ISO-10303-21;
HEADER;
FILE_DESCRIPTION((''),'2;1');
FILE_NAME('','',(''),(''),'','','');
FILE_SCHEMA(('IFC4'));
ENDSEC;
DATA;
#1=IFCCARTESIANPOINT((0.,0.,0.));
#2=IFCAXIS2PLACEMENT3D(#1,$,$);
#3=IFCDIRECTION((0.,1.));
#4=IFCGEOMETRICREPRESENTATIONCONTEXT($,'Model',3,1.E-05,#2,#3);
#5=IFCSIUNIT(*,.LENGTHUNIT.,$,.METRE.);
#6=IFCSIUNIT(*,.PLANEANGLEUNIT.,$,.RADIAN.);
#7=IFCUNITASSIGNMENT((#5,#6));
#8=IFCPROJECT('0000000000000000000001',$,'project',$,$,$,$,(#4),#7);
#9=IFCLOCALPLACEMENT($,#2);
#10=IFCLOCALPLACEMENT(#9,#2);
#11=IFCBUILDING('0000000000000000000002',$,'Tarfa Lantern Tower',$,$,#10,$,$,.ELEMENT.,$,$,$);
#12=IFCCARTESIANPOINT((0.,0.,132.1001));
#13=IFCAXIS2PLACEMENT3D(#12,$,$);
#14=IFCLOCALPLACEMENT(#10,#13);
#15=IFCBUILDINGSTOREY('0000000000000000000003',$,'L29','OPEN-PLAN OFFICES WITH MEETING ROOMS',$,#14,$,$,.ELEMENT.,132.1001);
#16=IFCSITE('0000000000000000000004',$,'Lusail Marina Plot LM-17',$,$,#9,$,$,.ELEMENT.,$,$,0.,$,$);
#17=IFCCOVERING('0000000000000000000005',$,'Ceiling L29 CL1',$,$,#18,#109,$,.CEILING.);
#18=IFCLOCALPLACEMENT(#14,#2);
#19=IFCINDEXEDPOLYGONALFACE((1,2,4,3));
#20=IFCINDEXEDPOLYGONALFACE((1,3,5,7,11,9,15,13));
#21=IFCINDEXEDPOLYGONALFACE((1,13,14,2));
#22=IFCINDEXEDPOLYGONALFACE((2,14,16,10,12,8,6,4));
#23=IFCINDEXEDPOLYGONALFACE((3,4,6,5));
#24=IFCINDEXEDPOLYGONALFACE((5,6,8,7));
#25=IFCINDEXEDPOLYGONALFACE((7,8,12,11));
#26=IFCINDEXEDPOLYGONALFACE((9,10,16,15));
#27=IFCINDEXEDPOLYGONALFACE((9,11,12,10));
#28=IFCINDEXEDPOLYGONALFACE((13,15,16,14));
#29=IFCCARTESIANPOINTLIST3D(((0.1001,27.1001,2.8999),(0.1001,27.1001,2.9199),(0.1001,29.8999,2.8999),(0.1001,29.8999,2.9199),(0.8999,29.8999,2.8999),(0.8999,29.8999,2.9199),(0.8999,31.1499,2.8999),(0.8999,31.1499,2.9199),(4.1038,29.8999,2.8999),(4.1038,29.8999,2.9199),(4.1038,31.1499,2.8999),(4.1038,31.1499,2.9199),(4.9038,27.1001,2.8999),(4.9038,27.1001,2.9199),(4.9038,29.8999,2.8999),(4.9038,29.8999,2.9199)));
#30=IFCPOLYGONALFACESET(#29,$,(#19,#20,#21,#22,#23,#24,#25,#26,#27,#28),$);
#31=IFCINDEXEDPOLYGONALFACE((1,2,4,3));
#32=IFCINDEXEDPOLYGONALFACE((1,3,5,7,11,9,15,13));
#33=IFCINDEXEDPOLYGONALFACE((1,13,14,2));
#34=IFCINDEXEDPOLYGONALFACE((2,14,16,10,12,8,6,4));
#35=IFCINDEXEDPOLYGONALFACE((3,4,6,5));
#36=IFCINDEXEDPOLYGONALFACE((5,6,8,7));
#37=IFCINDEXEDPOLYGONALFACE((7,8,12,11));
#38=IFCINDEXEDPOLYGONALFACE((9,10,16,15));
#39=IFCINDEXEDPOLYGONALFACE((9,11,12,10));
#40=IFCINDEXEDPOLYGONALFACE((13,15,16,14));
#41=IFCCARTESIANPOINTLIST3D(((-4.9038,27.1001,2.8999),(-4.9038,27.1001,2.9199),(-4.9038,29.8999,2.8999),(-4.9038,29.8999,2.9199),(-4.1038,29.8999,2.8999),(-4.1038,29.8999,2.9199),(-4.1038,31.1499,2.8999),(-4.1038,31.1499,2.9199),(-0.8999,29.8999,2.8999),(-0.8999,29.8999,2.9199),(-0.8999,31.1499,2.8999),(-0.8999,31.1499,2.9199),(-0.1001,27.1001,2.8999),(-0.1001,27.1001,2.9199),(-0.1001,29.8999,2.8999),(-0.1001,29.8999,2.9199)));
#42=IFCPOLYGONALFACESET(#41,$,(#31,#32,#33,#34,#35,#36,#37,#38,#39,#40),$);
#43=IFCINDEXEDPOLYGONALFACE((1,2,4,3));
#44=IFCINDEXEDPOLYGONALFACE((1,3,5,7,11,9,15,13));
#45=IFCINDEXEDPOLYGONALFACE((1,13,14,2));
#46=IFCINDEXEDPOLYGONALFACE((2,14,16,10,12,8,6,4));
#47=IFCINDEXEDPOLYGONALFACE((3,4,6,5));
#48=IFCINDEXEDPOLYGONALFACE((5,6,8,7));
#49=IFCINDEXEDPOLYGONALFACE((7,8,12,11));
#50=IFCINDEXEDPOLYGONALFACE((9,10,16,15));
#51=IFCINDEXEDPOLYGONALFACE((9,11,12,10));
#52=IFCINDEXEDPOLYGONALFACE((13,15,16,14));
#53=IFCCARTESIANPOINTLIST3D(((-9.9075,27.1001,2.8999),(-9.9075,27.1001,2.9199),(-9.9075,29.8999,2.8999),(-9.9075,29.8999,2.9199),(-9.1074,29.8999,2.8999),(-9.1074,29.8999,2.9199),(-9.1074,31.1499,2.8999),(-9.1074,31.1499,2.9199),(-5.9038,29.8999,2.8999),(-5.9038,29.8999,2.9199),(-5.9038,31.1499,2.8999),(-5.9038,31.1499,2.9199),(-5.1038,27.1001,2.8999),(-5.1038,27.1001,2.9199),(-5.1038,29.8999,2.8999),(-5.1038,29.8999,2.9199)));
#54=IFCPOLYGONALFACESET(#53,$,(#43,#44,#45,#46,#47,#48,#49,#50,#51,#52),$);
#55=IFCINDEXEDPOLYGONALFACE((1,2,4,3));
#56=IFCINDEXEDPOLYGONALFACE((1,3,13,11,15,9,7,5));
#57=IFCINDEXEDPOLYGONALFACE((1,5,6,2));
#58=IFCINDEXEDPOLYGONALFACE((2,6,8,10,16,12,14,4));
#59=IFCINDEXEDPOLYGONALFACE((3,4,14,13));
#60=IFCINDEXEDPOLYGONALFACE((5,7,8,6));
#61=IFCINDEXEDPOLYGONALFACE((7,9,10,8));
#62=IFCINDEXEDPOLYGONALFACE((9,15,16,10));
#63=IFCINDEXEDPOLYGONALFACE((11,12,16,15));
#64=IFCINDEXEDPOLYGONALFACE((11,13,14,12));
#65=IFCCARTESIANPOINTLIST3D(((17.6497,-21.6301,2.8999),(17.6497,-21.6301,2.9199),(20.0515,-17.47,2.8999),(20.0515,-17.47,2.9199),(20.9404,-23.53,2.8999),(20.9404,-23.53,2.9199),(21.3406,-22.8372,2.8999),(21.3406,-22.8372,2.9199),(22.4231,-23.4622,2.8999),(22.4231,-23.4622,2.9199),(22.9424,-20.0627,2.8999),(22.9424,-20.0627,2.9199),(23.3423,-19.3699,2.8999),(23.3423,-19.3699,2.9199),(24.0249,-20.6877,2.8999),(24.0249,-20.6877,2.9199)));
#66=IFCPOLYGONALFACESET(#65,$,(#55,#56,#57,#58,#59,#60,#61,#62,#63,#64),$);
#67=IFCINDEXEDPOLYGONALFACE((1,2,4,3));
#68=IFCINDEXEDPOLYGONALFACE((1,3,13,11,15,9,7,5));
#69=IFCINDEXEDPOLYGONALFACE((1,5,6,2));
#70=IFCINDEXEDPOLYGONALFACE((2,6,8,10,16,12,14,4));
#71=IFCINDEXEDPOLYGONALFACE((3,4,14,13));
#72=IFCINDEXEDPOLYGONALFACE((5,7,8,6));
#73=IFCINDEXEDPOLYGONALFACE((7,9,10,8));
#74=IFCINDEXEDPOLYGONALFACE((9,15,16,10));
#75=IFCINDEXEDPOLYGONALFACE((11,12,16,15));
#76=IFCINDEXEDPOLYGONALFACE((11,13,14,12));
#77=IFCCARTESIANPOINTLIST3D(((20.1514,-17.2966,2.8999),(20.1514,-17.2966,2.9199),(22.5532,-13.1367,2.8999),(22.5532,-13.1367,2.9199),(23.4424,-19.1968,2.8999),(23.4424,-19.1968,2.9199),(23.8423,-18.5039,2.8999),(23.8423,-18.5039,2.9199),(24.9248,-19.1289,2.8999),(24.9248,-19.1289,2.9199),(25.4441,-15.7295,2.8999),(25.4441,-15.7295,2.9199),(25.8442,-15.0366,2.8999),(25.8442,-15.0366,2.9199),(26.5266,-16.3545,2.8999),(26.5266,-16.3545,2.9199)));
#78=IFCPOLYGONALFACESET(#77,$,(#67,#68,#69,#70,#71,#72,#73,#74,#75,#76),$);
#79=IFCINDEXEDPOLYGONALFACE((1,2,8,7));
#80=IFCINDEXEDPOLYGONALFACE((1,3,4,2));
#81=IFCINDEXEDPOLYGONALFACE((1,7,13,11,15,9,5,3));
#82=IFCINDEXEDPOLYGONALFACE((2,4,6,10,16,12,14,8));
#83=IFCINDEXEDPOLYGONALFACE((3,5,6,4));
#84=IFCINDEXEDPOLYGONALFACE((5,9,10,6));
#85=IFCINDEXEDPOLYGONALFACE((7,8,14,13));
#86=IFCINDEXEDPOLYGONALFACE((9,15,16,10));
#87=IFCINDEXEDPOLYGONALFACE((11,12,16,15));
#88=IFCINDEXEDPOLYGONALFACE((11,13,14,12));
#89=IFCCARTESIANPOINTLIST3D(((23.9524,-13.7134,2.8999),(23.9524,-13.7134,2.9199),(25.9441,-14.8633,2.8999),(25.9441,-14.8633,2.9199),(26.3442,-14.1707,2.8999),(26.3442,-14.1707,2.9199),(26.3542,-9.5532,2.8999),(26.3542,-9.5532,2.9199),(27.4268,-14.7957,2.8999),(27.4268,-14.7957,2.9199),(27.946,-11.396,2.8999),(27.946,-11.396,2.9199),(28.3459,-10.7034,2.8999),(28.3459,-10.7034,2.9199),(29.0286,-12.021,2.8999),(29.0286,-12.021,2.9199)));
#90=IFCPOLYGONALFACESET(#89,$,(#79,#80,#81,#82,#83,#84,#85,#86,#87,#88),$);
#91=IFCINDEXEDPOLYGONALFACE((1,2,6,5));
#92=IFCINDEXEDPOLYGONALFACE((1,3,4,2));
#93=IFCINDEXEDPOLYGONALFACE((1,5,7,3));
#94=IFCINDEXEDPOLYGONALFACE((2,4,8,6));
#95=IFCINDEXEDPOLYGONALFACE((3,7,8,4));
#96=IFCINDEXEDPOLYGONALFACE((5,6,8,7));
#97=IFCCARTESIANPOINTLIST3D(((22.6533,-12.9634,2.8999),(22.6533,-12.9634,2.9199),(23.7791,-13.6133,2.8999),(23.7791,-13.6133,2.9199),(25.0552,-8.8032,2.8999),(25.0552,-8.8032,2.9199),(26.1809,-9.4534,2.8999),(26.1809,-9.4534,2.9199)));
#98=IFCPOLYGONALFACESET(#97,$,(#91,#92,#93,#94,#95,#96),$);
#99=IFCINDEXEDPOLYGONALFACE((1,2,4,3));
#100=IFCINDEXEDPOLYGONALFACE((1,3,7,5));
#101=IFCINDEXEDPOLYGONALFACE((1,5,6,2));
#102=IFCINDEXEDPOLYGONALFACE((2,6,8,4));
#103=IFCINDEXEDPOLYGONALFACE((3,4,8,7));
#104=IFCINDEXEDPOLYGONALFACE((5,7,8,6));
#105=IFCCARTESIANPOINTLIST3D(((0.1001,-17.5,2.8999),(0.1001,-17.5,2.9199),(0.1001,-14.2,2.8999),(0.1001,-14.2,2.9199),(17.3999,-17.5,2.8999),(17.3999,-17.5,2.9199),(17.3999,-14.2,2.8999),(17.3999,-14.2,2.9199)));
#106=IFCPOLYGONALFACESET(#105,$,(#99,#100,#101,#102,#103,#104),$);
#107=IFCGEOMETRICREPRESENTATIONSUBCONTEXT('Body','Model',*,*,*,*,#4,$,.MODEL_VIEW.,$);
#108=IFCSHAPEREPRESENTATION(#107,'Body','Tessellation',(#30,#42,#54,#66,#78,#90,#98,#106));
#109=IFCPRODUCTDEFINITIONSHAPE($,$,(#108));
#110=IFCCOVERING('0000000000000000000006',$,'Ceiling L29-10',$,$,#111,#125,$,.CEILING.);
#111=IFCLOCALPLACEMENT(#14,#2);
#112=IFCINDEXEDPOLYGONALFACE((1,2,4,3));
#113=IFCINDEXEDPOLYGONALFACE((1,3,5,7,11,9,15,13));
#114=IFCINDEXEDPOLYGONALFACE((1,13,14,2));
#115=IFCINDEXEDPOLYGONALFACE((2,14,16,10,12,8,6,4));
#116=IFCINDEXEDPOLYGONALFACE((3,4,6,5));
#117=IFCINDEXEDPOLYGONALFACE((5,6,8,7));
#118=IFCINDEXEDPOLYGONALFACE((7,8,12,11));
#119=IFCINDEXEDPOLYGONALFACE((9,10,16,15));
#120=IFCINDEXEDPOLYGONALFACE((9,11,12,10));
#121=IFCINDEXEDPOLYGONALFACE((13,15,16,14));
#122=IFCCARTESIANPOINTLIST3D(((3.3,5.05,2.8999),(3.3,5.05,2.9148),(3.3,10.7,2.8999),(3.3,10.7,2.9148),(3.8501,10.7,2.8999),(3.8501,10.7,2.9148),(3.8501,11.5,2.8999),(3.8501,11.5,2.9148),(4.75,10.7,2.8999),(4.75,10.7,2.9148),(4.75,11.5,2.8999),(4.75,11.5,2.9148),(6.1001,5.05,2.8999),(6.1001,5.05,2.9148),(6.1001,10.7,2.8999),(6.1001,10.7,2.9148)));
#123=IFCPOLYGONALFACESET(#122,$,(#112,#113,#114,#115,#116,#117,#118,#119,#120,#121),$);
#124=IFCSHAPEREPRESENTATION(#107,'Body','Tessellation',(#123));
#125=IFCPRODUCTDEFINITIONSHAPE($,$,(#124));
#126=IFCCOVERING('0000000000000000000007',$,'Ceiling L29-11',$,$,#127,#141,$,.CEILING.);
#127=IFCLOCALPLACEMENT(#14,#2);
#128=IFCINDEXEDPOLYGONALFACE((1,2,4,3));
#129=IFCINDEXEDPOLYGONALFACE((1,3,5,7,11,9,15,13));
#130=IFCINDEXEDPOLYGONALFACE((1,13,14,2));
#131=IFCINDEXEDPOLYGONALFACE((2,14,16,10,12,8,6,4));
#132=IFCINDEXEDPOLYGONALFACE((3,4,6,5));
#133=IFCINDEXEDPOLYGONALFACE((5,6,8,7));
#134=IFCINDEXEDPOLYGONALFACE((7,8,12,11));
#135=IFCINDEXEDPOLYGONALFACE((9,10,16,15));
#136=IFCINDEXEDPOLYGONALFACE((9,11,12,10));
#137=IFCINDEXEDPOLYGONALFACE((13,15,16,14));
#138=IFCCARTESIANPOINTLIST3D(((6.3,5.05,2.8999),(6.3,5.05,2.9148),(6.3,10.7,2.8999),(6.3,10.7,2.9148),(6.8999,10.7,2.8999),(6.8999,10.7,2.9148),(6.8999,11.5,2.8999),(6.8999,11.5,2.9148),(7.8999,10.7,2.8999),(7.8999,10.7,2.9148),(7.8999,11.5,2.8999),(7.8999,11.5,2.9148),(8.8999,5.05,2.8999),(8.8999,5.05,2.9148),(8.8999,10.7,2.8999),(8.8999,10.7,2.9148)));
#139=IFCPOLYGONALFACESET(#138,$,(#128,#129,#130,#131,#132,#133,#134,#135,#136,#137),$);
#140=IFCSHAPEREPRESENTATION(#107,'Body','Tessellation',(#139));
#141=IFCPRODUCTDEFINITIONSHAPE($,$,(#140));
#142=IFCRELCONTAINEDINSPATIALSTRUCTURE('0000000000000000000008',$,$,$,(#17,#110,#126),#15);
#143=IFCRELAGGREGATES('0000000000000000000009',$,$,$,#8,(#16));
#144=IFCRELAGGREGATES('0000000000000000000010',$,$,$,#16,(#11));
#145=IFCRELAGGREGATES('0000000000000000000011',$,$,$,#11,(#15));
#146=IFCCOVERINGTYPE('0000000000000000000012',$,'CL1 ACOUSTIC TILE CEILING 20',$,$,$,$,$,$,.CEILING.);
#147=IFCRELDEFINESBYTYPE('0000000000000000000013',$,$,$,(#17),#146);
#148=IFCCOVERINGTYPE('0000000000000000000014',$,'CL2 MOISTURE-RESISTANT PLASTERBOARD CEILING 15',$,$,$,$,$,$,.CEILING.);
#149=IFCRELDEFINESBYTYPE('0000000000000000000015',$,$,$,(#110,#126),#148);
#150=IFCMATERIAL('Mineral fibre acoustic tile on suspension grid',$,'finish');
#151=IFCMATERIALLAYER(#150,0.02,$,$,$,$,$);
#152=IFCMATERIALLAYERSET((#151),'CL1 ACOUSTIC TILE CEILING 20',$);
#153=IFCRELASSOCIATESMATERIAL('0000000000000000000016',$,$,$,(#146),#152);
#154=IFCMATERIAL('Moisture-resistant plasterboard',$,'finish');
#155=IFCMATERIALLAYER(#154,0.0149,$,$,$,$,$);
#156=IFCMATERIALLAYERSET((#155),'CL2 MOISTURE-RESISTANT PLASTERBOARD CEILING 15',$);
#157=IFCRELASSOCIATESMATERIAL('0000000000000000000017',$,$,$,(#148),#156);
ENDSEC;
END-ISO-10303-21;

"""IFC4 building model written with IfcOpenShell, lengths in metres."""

from ifc_helpers import new_model, si_unit, direction, frame, origin, place, context, subcontext, project, spatial, polyline, outline, extrude, material, layer, layer_set, type_object, element, save


model = new_model("IFC4")

# Units and contexts
model_context = context("Model", 3, precision=1e-05, world=origin(), true_north=direction((0.0, 1.0)))
body_context = subcontext(model_context, "Body", "Model", "MODEL_VIEW")
ifc_project = project(units=[si_unit("LENGTHUNIT", "METRE"), si_unit("PLANEANGLEUNIT", "RADIAN")], contexts=[model_context])

# Site, building, storey
site_placement = place(None, origin())
site = spatial("IfcSite", under=ifc_project, at=site_placement, Name="Lusail Marina Plot LM-17", CompositionType="ELEMENT", RefElevation=0.0)
building_placement = place(site_placement, origin())
building = spatial("IfcBuilding", under=site, at=building_placement, Name="Tarfa Lantern Tower", CompositionType="ELEMENT")
storey_placement = place(building_placement, frame((0.0, 0.0, 132.1001)))
storey = spatial("IfcBuildingStorey", under=building, at=storey_placement, Name="L29", Description="OPEN-PLAN OFFICES WITH MEETING ROOMS", CompositionType="ELEMENT", Elevation=132.1001)

# Coverings
ifc_material_1 = material(Name="Mineral fibre acoustic tile on suspension grid", Category="finish")
ifc_layer_1 = layer(ifc_material_1, 0.02)
ifc_layer_set_1 = layer_set([ifc_layer_1], Name="CL1 ACOUSTIC TILE CEILING 20")
covering_type_1 = type_object("IfcCoveringType", Name="CL1 ACOUSTIC TILE CEILING 20", PredefinedType="CEILING", material=ifc_layer_set_1)
covering_1_placement = place(storey_placement, frame((0.0, 0.0, 2.8999)))
element("IfcCovering", 1, at=covering_1_placement, inside=storey, type_object=covering_type_1, Name="Ceiling L29 CL1", PredefinedType="CEILING", context=body_context, shape_type="SweptSolid", body=[
    extrude(outline(polyline([(4.9038, 27.1001), (0.1001, 27.1001), (0.1001, 29.8999), (0.8999, 29.8999), (0.8999, 31.1499), (4.1038, 31.1499), (4.1038, 29.8999), (4.9038, 29.8999), (4.9038, 27.1001)])), origin(), (0.0, 0.0, 1.0), 0.02),
    extrude(outline(polyline([(-0.1001, 27.1001), (-4.9038, 27.1001), (-4.9038, 29.8999), (-4.1038, 29.8999), (-4.1038, 31.1499), (-0.8999, 31.1499), (-0.8999, 29.8999), (-0.1001, 29.8999), (-0.1001, 27.1001)])), origin(), (0.0, 0.0, 1.0), 0.02),
    extrude(outline(polyline([(-5.1038, 27.1001), (-9.9075, 27.1001), (-9.9075, 29.8999), (-9.1074, 29.8999), (-9.1074, 31.1499), (-5.9038, 31.1499), (-5.9038, 29.8999), (-5.1038, 29.8999), (-5.1038, 27.1001)])), origin(), (0.0, 0.0, 1.0), 0.02),
    extrude(outline(polyline([(20.0515, -17.47), (23.3423, -19.3699), (22.9424, -20.0627), (24.0249, -20.6877), (22.4231, -23.4622), (21.3406, -22.8372), (20.9404, -23.53), (17.6497, -21.6301), (20.0515, -17.47)])), origin(), (0.0, 0.0, 1.0), 0.02),
    extrude(outline(polyline([(22.5532, -13.1367), (25.8442, -15.0366), (25.4441, -15.7295), (26.5266, -16.3545), (24.9248, -19.1289), (23.8423, -18.5039), (23.4424, -19.1968), (20.1514, -17.2966), (22.5532, -13.1367)])), origin(), (0.0, 0.0, 1.0), 0.02),
    extrude(outline(polyline([(26.3542, -9.5532), (28.3459, -10.7034), (27.946, -11.396), (29.0286, -12.021), (27.4268, -14.7957), (26.3442, -14.1707), (25.9441, -14.8633), (23.9524, -13.7134), (26.3542, -9.5532)])), origin(), (0.0, 0.0, 1.0), 0.02),
    extrude(outline(polyline([(25.0552, -8.8032), (26.1809, -9.4534), (23.7791, -13.6133), (22.6533, -12.9634), (25.0552, -8.8032)])), origin(), (0.0, 0.0, 1.0), 0.02),
    extrude(outline(polyline([(0.1001, -14.2), (17.3999, -14.2), (17.3999, -17.5), (0.1001, -17.5), (0.1001, -14.2)])), origin(), (0.0, 0.0, 1.0), 0.02),
])
ifc_material_2 = material(Name="Moisture-resistant plasterboard", Category="finish")
ifc_layer_2 = layer(ifc_material_2, 0.0149)
ifc_layer_set_2 = layer_set([ifc_layer_2], Name="CL2 MOISTURE-RESISTANT PLASTERBOARD CEILING 15")
covering_type_2 = type_object("IfcCoveringType", Name="CL2 MOISTURE-RESISTANT PLASTERBOARD CEILING 15", PredefinedType="CEILING", material=ifc_layer_set_2)
covering_2_placement = place(storey_placement, frame((0.0, 0.0, 2.8999)))
element("IfcCovering", 2, at=covering_2_placement, inside=storey, type_object=covering_type_2, Name="Ceiling L29-10", PredefinedType="CEILING", context=body_context, shape_type="SweptSolid", body=[
    extrude(outline(polyline([(3.3, 5.05), (6.1001, 5.05), (6.1001, 10.7), (4.75, 10.7), (4.75, 11.5), (3.8501, 11.5), (3.8501, 10.7), (3.3, 10.7), (3.3, 5.05)])), origin(), (0.0, 0.0, 1.0), 0.0149),
])
covering_3_placement = place(storey_placement, frame((0.0, 0.0, 2.8999)))
element("IfcCovering", 3, at=covering_3_placement, inside=storey, type_object=covering_type_2, Name="Ceiling L29-11", PredefinedType="CEILING", context=body_context, shape_type="SweptSolid", body=[
    extrude(outline(polyline([(6.3, 5.05), (8.8999, 5.05), (8.8999, 10.7), (7.8999, 10.7), (7.8999, 11.5), (6.8999, 11.5), (6.8999, 10.7), (6.3, 10.7), (6.3, 5.05)])), origin(), (0.0, 0.0, 1.0), 0.0149),
])

save(model, "model.ifc")
